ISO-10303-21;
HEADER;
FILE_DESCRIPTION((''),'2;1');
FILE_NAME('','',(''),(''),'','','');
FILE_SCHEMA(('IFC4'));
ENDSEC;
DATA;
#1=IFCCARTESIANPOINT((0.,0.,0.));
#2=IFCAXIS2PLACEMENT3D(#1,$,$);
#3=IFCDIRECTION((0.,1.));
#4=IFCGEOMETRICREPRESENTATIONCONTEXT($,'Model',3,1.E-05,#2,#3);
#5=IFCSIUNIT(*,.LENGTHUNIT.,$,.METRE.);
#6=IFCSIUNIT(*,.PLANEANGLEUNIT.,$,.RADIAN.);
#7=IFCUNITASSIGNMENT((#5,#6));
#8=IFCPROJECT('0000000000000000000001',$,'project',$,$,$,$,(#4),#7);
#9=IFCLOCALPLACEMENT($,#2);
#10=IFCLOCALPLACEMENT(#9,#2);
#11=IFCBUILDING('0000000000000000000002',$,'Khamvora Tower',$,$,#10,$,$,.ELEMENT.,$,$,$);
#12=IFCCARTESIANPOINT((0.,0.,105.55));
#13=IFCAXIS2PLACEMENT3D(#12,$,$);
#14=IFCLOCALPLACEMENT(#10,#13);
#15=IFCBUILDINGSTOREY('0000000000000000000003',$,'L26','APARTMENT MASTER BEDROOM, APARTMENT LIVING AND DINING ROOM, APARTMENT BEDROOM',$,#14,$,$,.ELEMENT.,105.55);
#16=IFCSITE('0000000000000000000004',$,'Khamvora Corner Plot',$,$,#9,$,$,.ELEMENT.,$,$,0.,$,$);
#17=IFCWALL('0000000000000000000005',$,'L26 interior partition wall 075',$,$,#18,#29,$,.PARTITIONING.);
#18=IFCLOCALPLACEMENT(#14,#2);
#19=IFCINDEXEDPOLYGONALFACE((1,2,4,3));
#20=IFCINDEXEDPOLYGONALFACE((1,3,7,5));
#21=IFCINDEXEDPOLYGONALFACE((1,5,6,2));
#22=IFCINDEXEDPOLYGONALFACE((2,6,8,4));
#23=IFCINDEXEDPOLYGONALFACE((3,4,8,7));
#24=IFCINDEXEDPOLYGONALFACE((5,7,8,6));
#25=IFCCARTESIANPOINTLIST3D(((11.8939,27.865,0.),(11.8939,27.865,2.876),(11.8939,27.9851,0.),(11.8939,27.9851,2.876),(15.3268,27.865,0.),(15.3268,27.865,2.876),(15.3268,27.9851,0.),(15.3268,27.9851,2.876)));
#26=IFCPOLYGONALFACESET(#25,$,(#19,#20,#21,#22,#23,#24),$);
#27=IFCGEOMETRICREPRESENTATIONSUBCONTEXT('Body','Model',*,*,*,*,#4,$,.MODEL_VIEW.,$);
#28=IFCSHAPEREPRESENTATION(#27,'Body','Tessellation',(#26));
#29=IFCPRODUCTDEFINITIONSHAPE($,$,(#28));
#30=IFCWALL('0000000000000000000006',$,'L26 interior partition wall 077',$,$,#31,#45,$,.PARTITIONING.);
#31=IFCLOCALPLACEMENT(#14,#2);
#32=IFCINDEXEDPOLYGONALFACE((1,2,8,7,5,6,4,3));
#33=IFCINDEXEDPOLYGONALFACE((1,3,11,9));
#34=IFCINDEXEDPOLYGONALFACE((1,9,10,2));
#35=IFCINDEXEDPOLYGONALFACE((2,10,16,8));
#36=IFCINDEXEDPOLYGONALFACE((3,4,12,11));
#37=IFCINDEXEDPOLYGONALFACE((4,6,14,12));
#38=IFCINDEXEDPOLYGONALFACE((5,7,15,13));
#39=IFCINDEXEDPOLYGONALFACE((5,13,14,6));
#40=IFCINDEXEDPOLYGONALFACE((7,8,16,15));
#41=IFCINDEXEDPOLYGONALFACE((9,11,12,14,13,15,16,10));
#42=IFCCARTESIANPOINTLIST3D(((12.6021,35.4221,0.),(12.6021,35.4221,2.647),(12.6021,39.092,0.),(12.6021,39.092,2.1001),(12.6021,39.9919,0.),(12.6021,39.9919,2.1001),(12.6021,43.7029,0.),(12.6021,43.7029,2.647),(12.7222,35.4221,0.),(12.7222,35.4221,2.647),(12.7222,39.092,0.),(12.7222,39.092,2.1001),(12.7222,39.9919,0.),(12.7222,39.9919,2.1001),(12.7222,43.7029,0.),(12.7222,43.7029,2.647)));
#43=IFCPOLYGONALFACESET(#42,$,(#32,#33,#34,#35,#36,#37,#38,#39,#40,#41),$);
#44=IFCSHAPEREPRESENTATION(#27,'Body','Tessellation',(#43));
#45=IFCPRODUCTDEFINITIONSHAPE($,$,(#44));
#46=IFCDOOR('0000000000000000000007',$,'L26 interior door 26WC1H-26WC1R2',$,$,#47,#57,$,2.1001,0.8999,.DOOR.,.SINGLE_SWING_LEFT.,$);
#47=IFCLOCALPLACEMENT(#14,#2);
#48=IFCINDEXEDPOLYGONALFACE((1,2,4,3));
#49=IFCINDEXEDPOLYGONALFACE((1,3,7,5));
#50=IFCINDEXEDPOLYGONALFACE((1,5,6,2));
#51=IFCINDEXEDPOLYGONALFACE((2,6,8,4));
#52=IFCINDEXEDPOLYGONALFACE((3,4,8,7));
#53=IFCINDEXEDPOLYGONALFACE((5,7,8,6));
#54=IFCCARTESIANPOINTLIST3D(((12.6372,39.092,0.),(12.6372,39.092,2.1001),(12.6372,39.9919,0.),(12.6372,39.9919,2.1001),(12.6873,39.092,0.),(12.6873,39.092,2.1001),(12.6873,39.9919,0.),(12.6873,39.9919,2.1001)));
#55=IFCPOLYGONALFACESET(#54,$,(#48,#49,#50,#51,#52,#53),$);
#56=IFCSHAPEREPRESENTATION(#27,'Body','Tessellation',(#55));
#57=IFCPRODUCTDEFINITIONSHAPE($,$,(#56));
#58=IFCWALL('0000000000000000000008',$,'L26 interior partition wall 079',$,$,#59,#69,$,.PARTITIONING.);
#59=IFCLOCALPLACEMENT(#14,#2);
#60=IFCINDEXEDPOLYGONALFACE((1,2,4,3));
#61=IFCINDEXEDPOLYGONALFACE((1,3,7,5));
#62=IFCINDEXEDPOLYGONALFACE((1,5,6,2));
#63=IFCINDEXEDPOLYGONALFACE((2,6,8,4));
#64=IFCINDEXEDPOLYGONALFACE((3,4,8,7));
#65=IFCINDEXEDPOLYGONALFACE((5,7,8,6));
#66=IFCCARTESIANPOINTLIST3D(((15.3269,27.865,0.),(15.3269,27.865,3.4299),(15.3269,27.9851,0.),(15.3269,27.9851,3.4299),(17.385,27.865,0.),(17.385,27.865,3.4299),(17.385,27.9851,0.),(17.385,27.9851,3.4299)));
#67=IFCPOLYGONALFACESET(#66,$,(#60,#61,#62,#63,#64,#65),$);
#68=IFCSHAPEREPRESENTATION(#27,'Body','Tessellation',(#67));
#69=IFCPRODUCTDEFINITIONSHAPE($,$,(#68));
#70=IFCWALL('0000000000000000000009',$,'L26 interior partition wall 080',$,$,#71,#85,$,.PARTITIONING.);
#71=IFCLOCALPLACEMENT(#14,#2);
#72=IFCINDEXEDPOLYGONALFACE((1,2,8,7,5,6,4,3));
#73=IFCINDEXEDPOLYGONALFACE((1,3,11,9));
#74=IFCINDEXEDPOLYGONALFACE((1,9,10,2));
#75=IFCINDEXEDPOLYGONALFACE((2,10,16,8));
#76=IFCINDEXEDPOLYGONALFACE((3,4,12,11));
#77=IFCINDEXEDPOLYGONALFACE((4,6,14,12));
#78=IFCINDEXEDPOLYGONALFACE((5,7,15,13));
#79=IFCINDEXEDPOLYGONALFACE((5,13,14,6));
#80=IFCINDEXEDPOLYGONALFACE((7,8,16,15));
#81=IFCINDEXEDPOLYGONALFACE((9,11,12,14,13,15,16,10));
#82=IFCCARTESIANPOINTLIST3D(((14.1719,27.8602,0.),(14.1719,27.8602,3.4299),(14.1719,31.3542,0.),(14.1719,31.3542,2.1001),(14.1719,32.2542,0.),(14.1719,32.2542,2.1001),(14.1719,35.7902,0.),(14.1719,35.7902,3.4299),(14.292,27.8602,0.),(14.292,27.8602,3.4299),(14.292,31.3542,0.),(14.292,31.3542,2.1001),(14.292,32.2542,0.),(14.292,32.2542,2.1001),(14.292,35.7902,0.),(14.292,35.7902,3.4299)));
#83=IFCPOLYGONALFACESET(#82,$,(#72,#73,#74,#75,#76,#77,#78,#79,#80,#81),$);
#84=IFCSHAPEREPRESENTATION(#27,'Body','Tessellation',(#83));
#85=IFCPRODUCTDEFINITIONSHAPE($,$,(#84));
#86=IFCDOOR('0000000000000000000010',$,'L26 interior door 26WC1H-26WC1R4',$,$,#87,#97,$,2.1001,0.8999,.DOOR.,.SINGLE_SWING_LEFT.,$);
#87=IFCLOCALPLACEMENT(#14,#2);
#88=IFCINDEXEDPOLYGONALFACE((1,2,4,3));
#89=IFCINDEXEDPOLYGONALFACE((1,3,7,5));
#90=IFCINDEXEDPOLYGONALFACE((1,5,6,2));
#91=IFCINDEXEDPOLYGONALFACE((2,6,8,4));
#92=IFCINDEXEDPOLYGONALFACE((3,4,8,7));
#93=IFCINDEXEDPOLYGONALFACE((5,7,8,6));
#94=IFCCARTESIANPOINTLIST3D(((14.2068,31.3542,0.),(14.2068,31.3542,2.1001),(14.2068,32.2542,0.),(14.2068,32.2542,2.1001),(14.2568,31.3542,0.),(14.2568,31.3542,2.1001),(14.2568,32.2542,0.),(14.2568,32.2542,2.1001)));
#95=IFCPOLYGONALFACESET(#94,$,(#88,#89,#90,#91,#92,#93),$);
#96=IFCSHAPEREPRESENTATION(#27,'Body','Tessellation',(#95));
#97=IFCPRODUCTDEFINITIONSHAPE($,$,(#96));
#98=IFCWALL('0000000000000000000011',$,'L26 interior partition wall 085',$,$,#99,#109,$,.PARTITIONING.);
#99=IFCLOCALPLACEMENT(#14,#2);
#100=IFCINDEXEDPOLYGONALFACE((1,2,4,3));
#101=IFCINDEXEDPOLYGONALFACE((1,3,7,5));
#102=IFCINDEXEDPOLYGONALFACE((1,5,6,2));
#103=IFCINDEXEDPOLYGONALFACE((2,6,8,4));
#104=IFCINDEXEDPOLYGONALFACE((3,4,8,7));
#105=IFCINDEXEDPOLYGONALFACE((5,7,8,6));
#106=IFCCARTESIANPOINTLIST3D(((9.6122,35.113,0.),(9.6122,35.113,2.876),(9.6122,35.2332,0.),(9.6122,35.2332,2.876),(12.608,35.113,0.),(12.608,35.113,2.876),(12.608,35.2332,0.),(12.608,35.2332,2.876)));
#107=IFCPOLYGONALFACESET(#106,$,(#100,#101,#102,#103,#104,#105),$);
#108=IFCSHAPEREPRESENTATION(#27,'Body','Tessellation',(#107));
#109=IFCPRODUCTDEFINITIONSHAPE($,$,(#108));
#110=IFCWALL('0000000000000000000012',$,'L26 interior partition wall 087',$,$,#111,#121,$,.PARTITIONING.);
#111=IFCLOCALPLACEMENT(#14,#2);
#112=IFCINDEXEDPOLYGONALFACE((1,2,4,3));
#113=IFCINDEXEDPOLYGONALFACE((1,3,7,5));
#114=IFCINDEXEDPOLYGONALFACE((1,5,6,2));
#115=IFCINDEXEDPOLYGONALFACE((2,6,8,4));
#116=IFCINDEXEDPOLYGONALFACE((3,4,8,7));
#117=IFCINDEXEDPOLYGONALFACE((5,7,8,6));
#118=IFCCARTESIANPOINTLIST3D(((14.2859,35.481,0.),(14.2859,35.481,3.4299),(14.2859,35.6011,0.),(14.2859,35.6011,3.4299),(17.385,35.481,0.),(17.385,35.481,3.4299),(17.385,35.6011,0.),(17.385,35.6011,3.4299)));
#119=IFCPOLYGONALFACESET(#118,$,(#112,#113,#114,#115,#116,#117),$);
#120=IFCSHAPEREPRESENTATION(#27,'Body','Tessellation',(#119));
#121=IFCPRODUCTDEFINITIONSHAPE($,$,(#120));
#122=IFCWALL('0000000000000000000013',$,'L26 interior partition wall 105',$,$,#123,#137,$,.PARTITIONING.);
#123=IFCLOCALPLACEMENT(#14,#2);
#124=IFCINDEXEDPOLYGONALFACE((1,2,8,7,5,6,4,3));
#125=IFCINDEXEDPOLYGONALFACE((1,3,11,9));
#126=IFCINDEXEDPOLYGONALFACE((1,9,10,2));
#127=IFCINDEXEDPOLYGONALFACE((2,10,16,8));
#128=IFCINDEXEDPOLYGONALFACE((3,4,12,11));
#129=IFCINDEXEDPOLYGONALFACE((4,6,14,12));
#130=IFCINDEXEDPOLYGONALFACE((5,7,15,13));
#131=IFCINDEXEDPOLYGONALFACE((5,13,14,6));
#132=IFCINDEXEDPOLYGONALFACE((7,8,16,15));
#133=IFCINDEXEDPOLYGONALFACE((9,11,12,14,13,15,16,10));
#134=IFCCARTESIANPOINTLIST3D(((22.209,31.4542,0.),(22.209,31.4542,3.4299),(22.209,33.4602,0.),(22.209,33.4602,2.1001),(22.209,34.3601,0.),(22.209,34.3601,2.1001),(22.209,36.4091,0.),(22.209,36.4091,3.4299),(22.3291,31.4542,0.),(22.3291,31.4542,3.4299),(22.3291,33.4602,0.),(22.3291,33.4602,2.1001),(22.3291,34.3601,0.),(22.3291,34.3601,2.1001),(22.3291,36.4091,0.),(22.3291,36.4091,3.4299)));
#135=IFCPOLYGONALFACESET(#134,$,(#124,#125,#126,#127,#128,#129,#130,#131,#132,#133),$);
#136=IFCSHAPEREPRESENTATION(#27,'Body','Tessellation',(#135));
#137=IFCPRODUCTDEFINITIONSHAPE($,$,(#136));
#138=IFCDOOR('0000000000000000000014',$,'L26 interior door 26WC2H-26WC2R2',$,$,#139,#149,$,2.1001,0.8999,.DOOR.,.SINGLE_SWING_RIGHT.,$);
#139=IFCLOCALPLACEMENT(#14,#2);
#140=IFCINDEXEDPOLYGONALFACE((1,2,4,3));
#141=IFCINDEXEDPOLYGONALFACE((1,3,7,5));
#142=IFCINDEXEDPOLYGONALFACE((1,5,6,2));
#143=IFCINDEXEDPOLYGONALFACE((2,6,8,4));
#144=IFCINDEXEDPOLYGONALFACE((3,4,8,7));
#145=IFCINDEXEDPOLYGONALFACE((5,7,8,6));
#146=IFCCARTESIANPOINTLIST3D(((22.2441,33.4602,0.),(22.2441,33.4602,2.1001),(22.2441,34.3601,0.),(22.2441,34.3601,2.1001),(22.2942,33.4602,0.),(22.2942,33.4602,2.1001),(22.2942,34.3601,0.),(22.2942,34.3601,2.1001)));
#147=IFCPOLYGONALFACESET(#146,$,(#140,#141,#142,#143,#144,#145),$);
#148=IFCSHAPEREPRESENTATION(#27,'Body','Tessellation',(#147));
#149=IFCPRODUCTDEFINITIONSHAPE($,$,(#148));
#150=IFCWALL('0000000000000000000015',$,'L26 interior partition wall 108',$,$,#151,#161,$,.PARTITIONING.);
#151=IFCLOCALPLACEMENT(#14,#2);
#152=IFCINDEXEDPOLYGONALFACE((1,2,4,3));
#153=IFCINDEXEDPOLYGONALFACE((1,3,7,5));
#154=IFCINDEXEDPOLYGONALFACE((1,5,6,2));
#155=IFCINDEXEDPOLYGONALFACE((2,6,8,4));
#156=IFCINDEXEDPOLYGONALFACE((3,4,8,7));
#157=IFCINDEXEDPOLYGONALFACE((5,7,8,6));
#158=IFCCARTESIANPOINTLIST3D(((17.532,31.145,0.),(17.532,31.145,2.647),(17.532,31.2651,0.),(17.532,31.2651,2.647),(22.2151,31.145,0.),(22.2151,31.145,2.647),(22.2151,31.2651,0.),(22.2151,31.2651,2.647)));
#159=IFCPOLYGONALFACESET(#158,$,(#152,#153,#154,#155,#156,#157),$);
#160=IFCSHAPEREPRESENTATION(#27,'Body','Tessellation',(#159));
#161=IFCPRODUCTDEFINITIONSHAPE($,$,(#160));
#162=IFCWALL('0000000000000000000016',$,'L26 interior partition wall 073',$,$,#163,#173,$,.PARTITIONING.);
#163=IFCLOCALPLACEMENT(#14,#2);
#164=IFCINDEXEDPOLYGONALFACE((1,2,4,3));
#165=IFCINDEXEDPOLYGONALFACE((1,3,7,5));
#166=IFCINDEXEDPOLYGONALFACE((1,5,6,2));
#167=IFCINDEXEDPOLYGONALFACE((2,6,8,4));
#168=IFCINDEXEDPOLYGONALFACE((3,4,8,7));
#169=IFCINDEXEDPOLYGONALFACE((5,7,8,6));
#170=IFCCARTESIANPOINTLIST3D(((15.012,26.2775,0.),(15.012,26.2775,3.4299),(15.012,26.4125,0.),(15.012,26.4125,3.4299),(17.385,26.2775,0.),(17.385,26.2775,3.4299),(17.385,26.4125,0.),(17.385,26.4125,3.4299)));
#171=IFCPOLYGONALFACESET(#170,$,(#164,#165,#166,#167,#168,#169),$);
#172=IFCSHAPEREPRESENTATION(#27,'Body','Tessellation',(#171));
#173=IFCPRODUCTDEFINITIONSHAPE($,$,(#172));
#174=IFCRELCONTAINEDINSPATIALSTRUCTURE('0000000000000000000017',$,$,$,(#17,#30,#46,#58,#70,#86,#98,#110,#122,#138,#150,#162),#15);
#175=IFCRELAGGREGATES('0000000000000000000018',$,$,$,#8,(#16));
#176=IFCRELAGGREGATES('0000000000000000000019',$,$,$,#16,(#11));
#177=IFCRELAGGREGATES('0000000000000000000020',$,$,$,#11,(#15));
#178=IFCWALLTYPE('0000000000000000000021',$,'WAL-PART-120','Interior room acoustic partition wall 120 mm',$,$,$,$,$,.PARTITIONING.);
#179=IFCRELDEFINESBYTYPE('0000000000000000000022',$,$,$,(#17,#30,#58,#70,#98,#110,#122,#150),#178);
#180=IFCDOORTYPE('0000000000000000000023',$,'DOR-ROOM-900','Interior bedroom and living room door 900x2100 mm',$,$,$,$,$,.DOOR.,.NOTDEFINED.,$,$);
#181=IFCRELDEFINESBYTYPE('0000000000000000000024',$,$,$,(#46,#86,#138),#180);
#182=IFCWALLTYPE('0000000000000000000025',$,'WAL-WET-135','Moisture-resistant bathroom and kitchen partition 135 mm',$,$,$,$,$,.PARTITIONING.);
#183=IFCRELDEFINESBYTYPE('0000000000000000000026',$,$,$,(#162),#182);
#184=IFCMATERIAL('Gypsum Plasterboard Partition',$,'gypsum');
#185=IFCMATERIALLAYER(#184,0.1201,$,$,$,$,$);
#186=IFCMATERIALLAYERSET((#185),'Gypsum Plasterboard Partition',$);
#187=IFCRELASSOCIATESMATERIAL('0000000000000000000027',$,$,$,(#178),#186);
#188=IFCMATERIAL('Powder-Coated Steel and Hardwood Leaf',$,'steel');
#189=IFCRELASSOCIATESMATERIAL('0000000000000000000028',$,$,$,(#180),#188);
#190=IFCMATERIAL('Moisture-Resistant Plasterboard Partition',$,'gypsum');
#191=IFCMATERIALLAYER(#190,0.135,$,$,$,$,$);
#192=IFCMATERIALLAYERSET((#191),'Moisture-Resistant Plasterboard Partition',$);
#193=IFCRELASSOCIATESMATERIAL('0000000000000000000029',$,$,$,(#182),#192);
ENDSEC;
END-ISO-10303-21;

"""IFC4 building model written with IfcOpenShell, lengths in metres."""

from ifc_helpers import new_model, si_unit, direction, frame, frame_2d, origin, place, context, subcontext, project, spatial, rectangle, extrude, material, layer, layer_set, type_object, element, fill, save


model = new_model("IFC4")

# Units and contexts
model_context = context("Model", 3, precision=1e-05, world=origin(), true_north=direction((0.0, 1.0)))
body_context = subcontext(model_context, "Body", "Model", "MODEL_VIEW")
ifc_project = project(units=[si_unit("LENGTHUNIT", "METRE"), si_unit("PLANEANGLEUNIT", "RADIAN")], contexts=[model_context])

# Site, building, storey
site_placement = place(None, origin())
site = spatial("IfcSite", under=ifc_project, at=site_placement, Name="Khamvora Corner Plot", CompositionType="ELEMENT", RefElevation=0.0)
building_placement = place(site_placement, origin())
building = spatial("IfcBuilding", under=site, at=building_placement, Name="Khamvora Tower", CompositionType="ELEMENT")
storey_placement = place(building_placement, frame((0.0, 0.0, 105.55)))
storey = spatial("IfcBuildingStorey", under=building, at=storey_placement, Name="L26", Description="APARTMENT MASTER BEDROOM, APARTMENT LIVING AND DINING ROOM, APARTMENT BEDROOM", CompositionType="ELEMENT", Elevation=105.55)

# Wall
ifc_material_1 = material(Name="Gypsum Plasterboard Partition", Category="gypsum")
ifc_layer_1 = layer(ifc_material_1, 0.1201)
ifc_layer_set_1 = layer_set([ifc_layer_1], Name="Gypsum Plasterboard Partition")
wall_type_1 = type_object("IfcWallType", Name="WAL-PART-120", Description="Interior room acoustic partition wall 120 mm", PredefinedType="PARTITIONING", material=ifc_layer_set_1)
wall_1_placement = place(storey_placement, frame((11.894, 27.925, 0.0), z_axis=(0.0, 0.0, 1.0), x_axis=(1.0, 0.0, 0.0)))
element("IfcWall", 1, at=wall_1_placement, inside=storey, type_object=wall_type_1, Name="L26 interior partition wall 075", PredefinedType="PARTITIONING", context=body_context, shape_type="SweptSolid", body=[
    extrude(rectangle(XDim=3.4329, YDim=0.1201, at=frame_2d((1.7163, 0.0))), origin(), (0.0, 0.0, 1.0), 2.876),
])

# Wall, opening, door
wall_2_placement = place(storey_placement, frame((12.6621, 35.4221, 0.0), z_axis=(0.0, 0.0, 1.0), x_axis=(0.0, 1.0, 0.0)))
wall_2 = element("IfcWall", 2, at=wall_2_placement, inside=storey, type_object=wall_type_1, Name="L26 interior partition wall 077", PredefinedType="PARTITIONING", context=body_context, shape_type="SweptSolid", body=[
    extrude(rectangle(XDim=8.2808, YDim=0.1201, at=frame_2d((4.1404, 0.0))), origin(), (0.0, 0.0, 1.0), 2.647),
])
opening_1_placement = place(wall_2_placement, frame((3.6699, 0.0, 0.0)))
opening_1 = element("IfcOpeningElement", 3, at=opening_1_placement, cuts=wall_2, PredefinedType="OPENING", context=body_context, shape_type="SweptSolid", body=[
    extrude(rectangle(XDim=0.8999, YDim=2.1001, at=frame_2d((0.45, 1.05))), frame((0.0, 0.0701, 0.0), z_axis=(0.0, -1.0, 0.0), x_axis=(1.0, 0.0, 0.0)), (0.0, 0.0, 1.0), 0.1401),
])
ifc_material_2 = material(Name="Powder-Coated Steel and Hardwood Leaf", Category="steel")
door_type_1 = type_object("IfcDoorType", Name="DOR-ROOM-900", Description="Interior bedroom and living room door 900x2100 mm", OperationType="NOTDEFINED", PredefinedType="DOOR", material=ifc_material_2)
door_1_placement = place(opening_1_placement, origin())
door_1 = element("IfcDoor", 4, at=door_1_placement, inside=storey, type_object=door_type_1, Name="L26 interior door 26WC1H-26WC1R2", OperationType="SINGLE_SWING_LEFT", OverallHeight=2.1001, OverallWidth=0.8999, PredefinedType="DOOR", context=body_context, shape_type="SweptSolid", body=[
    extrude(rectangle(XDim=0.8999, YDim=2.1001, at=frame_2d((0.45, 1.05))), frame((0.0, 0.0249, 0.0), z_axis=(0.0, -1.0, 0.0), x_axis=(1.0, 0.0, 0.0)), (0.0, 0.0, 1.0), 0.05),
])
fill(opening_1, door_1)

# Wall
wall_3_placement = place(storey_placement, frame((15.3269, 27.925, 0.0), z_axis=(0.0, 0.0, 1.0), x_axis=(1.0, 0.0, 0.0)))
element("IfcWall", 5, at=wall_3_placement, inside=storey, type_object=wall_type_1, Name="L26 interior partition wall 079", PredefinedType="PARTITIONING", context=body_context, shape_type="SweptSolid", body=[
    extrude(rectangle(XDim=2.0581, YDim=0.1201, at=frame_2d((1.0291, 0.0))), origin(), (0.0, 0.0, 1.0), 3.4299),
])

# Wall, opening, door
wall_4_placement = place(storey_placement, frame((14.2319, 35.79, 0.0), z_axis=(0.0, 0.0, 1.0), x_axis=(0.0, -1.0, 0.0)))
wall_4 = element("IfcWall", 6, at=wall_4_placement, inside=storey, type_object=wall_type_1, Name="L26 interior partition wall 080", PredefinedType="PARTITIONING", context=body_context, shape_type="SweptSolid", body=[
    extrude(rectangle(XDim=7.9299, YDim=0.1201, at=frame_2d((3.9648, 0.0))), origin(), (0.0, 0.0, 1.0), 3.4299),
])
opening_2_placement = place(wall_4_placement, frame((3.5359, 0.0, 0.0)))
opening_2 = element("IfcOpeningElement", 7, at=opening_2_placement, cuts=wall_4, PredefinedType="OPENING", context=body_context, shape_type="SweptSolid", body=[
    extrude(rectangle(XDim=0.8999, YDim=2.1001, at=frame_2d((0.45, 1.05))), frame((0.0, 0.0701, 0.0), z_axis=(0.0, -1.0, 0.0), x_axis=(1.0, 0.0, 0.0)), (0.0, 0.0, 1.0), 0.1401),
])
door_2_placement = place(opening_2_placement, origin())
door_2 = element("IfcDoor", 8, at=door_2_placement, inside=storey, type_object=door_type_1, Name="L26 interior door 26WC1H-26WC1R4", OperationType="SINGLE_SWING_LEFT", OverallHeight=2.1001, OverallWidth=0.8999, PredefinedType="DOOR", context=body_context, shape_type="SweptSolid", body=[
    extrude(rectangle(XDim=0.8999, YDim=2.1001, at=frame_2d((0.45, 1.05))), frame((0.0, 0.0249, 0.0), z_axis=(0.0, -1.0, 0.0), x_axis=(1.0, 0.0, 0.0)), (0.0, 0.0, 1.0), 0.05),
])
fill(opening_2, door_2)

# Walls
wall_5_placement = place(storey_placement, frame((9.6121, 35.1731, 0.0), z_axis=(0.0, 0.0, 1.0), x_axis=(1.0, 0.0, 0.0)))
element("IfcWall", 9, at=wall_5_placement, inside=storey, type_object=wall_type_1, Name="L26 interior partition wall 085", PredefinedType="PARTITIONING", context=body_context, shape_type="SweptSolid", body=[
    extrude(rectangle(XDim=2.9958, YDim=0.1201, at=frame_2d((1.498, 0.0))), origin(), (0.0, 0.0, 1.0), 2.876),
])
wall_6_placement = place(storey_placement, frame((14.2859, 35.541, 0.0), z_axis=(0.0, 0.0, 1.0), x_axis=(1.0, 0.0, 0.0)))
element("IfcWall", 10, at=wall_6_placement, inside=storey, type_object=wall_type_1, Name="L26 interior partition wall 087", PredefinedType="PARTITIONING", context=body_context, shape_type="SweptSolid", body=[
    extrude(rectangle(XDim=3.0991, YDim=0.1201, at=frame_2d((1.5496, 0.0))), origin(), (0.0, 0.0, 1.0), 3.4299),
])

# Wall, opening, door
wall_7_placement = place(storey_placement, frame((22.269, 31.4541, 0.0), z_axis=(0.0, 0.0, 1.0), x_axis=(0.0, 1.0, 0.0)))
wall_7 = element("IfcWall", 11, at=wall_7_placement, inside=storey, type_object=wall_type_1, Name="L26 interior partition wall 105", PredefinedType="PARTITIONING", context=body_context, shape_type="SweptSolid", body=[
    extrude(rectangle(XDim=4.9548, YDim=0.1201, at=frame_2d((2.4775, 0.0))), origin(), (0.0, 0.0, 1.0), 3.4299),
])
opening_3_placement = place(wall_7_placement, frame((2.0061, 0.0, 0.0)))
opening_3 = element("IfcOpeningElement", 12, at=opening_3_placement, cuts=wall_7, PredefinedType="OPENING", context=body_context, shape_type="SweptSolid", body=[
    extrude(rectangle(XDim=0.8999, YDim=2.1001, at=frame_2d((0.45, 1.05))), frame((0.0, 0.0701, 0.0), z_axis=(0.0, -1.0, 0.0), x_axis=(1.0, 0.0, 0.0)), (0.0, 0.0, 1.0), 0.1401),
])
door_3_placement = place(opening_3_placement, origin())
door_3 = element("IfcDoor", 13, at=door_3_placement, inside=storey, type_object=door_type_1, Name="L26 interior door 26WC2H-26WC2R2", OperationType="SINGLE_SWING_RIGHT", OverallHeight=2.1001, OverallWidth=0.8999, PredefinedType="DOOR", context=body_context, shape_type="SweptSolid", body=[
    extrude(rectangle(XDim=0.8999, YDim=2.1001, at=frame_2d((0.45, 1.05))), frame((0.0, 0.0249, 0.0), z_axis=(0.0, -1.0, 0.0), x_axis=(1.0, 0.0, 0.0)), (0.0, 0.0, 1.0), 0.05),
])
fill(opening_3, door_3)

# Walls
wall_8_placement = place(storey_placement, frame((17.532, 31.2051, 0.0), z_axis=(0.0, 0.0, 1.0), x_axis=(1.0, 0.0, 0.0)))
element("IfcWall", 14, at=wall_8_placement, inside=storey, type_object=wall_type_1, Name="L26 interior partition wall 108", PredefinedType="PARTITIONING", context=body_context, shape_type="SweptSolid", body=[
    extrude(rectangle(XDim=4.6831, YDim=0.1201, at=frame_2d((2.3416, 0.0))), origin(), (0.0, 0.0, 1.0), 2.647),
])
ifc_material_3 = material(Name="Moisture-Resistant Plasterboard Partition", Category="gypsum")
ifc_layer_2 = layer(ifc_material_3, 0.135)
ifc_layer_set_2 = layer_set([ifc_layer_2], Name="Moisture-Resistant Plasterboard Partition")
wall_type_2 = type_object("IfcWallType", Name="WAL-WET-135", Description="Moisture-resistant bathroom and kitchen partition 135 mm", PredefinedType="PARTITIONING", material=ifc_layer_set_2)
wall_9_placement = place(storey_placement, frame((17.385, 26.345, 0.0), z_axis=(0.0, 0.0, 1.0), x_axis=(-1.0, 0.0, 0.0)))
element("IfcWall", 15, at=wall_9_placement, inside=storey, type_object=wall_type_2, Name="L26 interior partition wall 073", PredefinedType="PARTITIONING", context=body_context, shape_type="SweptSolid", body=[
    extrude(rectangle(XDim=2.373, YDim=0.135, at=frame_2d((1.1865, 0.0))), origin(), (0.0, 0.0, 1.0), 3.4299),
])

save(model, "model.ifc")
